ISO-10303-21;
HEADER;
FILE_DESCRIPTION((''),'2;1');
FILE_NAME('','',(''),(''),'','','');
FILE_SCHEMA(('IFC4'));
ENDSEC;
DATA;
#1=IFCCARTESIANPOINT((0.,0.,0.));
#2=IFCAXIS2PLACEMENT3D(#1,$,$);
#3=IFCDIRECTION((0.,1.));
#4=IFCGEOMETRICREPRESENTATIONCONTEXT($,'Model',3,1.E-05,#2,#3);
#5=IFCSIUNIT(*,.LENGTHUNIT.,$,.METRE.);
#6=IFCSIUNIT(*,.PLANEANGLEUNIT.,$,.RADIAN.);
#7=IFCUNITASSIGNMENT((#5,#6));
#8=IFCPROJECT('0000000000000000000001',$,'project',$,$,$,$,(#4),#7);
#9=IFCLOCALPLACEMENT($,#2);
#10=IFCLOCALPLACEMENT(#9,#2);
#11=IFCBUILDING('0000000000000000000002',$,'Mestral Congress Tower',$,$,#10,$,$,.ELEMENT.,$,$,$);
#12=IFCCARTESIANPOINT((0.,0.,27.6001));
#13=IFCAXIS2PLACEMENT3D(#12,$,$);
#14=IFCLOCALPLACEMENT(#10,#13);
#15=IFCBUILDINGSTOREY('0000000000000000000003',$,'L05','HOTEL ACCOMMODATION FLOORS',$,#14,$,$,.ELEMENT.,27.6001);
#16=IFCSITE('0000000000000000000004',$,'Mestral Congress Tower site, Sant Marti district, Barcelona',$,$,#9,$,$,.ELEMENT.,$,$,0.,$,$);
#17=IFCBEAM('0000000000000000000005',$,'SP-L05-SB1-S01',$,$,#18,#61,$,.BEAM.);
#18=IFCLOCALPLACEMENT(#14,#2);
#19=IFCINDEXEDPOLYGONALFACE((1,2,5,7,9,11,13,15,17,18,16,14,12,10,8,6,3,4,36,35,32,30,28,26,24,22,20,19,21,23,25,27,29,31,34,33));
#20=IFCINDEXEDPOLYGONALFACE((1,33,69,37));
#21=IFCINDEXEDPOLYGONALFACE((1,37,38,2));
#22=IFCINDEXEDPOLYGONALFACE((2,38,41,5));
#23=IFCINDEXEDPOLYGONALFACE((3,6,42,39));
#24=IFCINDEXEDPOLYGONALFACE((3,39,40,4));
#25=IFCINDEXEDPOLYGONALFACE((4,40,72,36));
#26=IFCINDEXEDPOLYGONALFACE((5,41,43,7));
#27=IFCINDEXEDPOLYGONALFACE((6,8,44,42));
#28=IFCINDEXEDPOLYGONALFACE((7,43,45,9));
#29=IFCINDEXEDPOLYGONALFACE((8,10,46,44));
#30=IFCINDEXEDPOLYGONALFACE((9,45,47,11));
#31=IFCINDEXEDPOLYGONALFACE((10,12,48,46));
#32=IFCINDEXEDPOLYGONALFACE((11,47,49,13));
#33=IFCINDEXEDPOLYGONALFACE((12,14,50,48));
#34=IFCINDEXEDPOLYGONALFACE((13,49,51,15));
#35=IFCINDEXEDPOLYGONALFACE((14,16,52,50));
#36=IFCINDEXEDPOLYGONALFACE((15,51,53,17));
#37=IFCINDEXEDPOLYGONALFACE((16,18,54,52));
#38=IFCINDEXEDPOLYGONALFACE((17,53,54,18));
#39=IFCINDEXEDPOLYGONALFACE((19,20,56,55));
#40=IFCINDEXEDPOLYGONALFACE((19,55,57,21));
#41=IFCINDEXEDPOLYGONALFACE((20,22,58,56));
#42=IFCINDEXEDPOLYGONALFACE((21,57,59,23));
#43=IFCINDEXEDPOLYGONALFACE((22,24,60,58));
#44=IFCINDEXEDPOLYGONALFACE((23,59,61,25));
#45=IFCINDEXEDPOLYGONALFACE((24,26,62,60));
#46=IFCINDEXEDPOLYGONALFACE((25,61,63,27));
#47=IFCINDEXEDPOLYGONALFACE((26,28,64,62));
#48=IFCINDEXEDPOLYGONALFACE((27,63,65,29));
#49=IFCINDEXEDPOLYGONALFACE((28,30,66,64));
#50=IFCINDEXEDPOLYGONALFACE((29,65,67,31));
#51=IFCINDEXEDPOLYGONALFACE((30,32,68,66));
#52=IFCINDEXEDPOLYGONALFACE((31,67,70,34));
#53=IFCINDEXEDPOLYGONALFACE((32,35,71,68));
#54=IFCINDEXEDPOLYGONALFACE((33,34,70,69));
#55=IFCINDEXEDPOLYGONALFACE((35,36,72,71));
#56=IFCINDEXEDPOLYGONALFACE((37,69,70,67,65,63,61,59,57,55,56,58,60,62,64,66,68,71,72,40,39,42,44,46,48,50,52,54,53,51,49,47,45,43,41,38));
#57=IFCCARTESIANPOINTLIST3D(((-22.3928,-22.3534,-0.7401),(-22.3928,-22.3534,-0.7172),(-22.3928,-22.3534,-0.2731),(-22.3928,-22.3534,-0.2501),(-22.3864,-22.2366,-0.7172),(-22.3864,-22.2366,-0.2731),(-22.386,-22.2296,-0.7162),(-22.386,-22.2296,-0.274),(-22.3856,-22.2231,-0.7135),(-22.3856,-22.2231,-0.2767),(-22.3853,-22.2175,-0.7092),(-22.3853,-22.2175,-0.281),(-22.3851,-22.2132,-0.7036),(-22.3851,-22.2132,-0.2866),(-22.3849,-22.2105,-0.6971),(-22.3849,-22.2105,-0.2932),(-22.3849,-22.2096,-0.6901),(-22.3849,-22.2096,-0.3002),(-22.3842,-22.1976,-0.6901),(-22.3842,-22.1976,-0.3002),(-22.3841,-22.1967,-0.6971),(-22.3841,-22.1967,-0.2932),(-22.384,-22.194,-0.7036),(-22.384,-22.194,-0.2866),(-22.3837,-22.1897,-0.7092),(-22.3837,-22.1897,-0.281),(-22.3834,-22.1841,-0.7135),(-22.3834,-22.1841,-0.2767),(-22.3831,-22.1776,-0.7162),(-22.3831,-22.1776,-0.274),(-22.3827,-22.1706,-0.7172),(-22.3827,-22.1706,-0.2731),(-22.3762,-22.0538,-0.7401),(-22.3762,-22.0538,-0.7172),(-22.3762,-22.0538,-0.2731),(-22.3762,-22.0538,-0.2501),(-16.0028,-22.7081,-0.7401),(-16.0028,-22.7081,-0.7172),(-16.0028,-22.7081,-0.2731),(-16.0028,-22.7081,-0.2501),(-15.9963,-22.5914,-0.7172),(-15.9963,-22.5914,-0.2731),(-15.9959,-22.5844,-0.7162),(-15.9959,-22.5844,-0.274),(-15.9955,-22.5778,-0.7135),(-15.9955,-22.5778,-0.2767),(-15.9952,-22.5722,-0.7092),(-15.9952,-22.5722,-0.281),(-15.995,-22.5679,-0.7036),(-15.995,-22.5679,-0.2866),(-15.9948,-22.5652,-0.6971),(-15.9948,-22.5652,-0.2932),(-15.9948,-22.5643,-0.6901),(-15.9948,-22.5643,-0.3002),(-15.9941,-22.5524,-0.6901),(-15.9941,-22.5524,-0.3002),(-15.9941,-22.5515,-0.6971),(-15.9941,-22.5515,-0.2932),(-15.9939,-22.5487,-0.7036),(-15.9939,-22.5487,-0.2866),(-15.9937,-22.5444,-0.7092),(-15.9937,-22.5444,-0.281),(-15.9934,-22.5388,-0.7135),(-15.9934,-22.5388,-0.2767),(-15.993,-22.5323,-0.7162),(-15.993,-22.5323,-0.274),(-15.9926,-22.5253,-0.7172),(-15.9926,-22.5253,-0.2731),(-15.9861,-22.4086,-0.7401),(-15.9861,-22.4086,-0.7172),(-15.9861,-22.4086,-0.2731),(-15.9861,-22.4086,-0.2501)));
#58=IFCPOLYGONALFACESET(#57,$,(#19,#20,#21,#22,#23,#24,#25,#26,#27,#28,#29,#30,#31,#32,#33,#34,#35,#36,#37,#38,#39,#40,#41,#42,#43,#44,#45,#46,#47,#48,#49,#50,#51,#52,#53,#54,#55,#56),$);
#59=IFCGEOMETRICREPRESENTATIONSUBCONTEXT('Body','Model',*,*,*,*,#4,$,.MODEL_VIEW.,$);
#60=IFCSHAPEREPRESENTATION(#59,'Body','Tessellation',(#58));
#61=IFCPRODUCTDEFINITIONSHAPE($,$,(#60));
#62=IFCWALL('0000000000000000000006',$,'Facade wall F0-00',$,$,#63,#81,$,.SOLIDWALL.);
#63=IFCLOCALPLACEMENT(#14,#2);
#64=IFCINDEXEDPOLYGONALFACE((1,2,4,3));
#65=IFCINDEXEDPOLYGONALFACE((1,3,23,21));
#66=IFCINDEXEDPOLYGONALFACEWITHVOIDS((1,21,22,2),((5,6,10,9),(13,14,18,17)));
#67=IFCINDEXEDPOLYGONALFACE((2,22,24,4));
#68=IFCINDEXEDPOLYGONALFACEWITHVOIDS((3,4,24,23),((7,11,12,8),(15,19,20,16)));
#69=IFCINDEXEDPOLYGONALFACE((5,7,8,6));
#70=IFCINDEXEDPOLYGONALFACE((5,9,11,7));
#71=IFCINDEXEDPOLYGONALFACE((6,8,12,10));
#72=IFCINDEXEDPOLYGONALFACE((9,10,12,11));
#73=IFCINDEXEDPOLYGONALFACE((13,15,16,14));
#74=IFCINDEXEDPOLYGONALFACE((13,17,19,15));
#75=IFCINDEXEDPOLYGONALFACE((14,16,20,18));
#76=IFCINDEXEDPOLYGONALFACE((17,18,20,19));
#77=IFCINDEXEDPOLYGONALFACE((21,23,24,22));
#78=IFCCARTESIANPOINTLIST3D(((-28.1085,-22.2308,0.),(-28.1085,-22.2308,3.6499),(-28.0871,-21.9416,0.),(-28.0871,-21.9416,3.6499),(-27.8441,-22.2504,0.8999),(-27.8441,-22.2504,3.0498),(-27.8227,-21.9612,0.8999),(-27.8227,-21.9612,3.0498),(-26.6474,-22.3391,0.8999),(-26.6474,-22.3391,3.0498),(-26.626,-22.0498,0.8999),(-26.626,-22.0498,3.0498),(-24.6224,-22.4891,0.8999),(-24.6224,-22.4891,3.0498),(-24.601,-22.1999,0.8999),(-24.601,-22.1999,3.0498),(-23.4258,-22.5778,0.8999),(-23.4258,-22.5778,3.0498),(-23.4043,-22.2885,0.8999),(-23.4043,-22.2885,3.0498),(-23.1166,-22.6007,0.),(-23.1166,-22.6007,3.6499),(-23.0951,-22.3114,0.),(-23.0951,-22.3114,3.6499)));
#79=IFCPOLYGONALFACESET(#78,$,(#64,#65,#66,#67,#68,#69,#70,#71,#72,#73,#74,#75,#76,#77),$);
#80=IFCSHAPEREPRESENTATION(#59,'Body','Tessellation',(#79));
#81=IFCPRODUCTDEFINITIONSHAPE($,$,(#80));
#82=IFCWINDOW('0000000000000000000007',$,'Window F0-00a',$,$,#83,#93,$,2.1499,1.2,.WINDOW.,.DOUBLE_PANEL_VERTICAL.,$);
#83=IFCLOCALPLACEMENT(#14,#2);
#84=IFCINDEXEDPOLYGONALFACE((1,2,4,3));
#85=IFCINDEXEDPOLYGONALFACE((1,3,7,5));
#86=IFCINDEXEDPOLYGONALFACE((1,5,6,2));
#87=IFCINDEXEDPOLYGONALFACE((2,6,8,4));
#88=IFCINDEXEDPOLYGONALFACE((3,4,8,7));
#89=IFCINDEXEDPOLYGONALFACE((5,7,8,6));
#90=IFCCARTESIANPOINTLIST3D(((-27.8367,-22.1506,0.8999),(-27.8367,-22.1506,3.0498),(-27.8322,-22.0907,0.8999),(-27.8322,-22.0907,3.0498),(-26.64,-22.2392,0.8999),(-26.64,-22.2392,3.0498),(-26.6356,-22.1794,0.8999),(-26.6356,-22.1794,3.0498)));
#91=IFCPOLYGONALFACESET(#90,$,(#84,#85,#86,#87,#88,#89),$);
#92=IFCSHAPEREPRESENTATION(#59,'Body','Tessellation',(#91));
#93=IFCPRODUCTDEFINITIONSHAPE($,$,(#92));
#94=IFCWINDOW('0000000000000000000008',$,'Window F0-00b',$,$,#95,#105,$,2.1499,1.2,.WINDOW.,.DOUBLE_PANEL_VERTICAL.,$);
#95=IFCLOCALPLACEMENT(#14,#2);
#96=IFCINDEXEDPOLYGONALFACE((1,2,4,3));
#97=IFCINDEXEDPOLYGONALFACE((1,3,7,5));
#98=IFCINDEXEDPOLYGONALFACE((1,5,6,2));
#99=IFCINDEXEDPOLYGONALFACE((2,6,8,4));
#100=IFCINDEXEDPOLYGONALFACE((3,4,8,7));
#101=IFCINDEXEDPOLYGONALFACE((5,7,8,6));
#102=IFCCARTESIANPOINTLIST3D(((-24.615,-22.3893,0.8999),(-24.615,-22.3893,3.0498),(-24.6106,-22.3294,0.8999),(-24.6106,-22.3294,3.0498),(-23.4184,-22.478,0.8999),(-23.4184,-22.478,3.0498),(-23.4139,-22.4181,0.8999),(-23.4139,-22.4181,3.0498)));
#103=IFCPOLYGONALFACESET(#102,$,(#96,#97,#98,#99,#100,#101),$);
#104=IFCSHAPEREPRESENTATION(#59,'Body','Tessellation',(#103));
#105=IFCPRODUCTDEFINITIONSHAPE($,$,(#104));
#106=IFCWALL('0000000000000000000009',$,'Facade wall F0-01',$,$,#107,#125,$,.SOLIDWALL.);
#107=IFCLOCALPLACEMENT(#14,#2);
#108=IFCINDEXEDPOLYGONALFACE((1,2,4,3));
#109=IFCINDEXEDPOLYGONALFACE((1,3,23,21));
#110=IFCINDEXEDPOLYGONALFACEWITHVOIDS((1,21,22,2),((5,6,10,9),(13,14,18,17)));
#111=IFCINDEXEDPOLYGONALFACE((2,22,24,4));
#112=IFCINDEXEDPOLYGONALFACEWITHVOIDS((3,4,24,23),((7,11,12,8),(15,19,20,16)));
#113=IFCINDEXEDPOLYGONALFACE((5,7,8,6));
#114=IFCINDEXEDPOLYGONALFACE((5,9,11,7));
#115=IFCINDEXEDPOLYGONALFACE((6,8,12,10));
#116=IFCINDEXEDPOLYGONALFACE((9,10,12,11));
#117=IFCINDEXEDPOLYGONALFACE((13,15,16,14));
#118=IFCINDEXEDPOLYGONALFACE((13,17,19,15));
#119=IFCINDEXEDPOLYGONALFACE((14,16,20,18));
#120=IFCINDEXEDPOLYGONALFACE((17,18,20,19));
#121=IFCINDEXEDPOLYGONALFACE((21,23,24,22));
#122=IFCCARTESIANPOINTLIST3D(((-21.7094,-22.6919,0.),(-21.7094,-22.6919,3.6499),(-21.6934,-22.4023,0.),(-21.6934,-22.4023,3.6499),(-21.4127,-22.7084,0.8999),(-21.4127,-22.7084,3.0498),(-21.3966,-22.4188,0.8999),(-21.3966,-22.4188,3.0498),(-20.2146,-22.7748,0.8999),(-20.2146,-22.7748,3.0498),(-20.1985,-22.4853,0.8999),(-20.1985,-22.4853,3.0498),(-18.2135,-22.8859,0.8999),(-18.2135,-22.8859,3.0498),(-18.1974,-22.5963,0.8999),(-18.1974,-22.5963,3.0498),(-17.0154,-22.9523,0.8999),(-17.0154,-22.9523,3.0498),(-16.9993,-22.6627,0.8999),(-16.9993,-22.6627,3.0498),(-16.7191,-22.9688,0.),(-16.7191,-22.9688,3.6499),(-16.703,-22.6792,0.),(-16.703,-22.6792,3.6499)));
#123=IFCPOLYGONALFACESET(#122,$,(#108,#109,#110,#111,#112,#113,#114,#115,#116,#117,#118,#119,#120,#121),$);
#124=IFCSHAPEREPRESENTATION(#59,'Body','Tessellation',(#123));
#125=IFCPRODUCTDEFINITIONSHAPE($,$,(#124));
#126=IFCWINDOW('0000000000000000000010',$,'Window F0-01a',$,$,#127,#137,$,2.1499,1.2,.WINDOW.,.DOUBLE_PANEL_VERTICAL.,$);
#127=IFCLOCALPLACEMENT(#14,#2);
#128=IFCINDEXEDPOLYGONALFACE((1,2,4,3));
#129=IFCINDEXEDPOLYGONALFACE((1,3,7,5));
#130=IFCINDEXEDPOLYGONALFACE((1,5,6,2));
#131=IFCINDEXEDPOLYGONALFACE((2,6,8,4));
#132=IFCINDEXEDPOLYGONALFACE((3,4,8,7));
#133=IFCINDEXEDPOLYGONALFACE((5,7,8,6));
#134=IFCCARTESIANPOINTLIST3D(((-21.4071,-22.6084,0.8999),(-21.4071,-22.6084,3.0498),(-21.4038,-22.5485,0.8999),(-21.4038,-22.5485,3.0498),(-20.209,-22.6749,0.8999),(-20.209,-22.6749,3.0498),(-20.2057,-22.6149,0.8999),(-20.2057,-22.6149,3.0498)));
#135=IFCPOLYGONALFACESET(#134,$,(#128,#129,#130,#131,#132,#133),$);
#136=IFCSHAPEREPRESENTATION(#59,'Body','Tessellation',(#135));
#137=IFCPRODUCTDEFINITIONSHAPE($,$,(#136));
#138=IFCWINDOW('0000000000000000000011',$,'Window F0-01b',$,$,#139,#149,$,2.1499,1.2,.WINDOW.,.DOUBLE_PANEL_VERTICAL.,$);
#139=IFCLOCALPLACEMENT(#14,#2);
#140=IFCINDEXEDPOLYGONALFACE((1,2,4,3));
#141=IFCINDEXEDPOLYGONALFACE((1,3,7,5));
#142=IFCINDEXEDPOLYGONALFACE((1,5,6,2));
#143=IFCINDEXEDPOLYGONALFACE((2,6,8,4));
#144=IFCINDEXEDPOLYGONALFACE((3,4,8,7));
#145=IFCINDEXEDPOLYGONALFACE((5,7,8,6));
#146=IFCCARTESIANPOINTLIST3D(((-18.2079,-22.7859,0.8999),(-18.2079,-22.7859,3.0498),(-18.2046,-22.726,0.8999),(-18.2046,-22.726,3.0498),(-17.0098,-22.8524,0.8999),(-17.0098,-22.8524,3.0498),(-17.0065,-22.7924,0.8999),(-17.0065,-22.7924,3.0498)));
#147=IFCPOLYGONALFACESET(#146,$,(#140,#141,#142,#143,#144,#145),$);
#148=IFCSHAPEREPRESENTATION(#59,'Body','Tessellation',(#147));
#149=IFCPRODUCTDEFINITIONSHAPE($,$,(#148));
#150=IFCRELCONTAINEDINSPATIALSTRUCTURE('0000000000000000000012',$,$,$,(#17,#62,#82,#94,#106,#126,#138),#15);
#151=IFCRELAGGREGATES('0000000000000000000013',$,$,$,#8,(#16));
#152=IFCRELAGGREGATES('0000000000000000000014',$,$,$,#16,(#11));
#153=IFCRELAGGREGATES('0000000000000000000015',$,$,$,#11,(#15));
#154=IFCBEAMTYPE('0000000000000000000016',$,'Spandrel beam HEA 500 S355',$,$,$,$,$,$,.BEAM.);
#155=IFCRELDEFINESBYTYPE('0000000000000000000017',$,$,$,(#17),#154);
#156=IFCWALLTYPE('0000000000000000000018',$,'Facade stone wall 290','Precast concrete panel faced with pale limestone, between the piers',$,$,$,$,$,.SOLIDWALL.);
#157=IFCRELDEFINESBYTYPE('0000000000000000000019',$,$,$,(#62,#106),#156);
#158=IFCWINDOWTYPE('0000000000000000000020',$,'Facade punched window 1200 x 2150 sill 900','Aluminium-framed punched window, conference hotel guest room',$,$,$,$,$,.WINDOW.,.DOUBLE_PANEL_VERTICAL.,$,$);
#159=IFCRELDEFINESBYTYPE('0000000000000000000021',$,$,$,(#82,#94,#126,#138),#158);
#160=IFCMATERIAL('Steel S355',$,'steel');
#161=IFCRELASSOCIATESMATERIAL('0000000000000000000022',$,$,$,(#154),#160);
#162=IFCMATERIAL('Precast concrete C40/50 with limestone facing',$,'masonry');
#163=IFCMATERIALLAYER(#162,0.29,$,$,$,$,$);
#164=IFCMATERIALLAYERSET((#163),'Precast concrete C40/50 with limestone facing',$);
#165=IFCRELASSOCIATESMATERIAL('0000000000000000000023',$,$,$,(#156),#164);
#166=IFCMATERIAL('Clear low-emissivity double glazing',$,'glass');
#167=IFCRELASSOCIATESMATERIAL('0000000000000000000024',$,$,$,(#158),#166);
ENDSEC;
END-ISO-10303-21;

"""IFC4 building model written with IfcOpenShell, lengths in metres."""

from ifc_helpers import new_model, si_unit, direction, frame, frame_2d, origin, origin_2d, place, context, subcontext, project, spatial, rectangle, i_section, extrude, material, layer, layer_set, material_profile, profile_set, type_object, element, fill, save


model = new_model("IFC4")

# Units and contexts
model_context = context("Model", 3, precision=1e-05, world=origin(), true_north=direction((0.0, 1.0)))
body_context = subcontext(model_context, "Body", "Model", "MODEL_VIEW")
ifc_project = project(units=[si_unit("LENGTHUNIT", "METRE"), si_unit("PLANEANGLEUNIT", "RADIAN")], contexts=[model_context])

# Site, building, storey
site_placement = place(None, origin())
site = spatial("IfcSite", under=ifc_project, at=site_placement, Name="Mestral Congress Tower site, Sant Marti district, Barcelona", CompositionType="ELEMENT", RefElevation=0.0)
building_placement = place(site_placement, origin())
building = spatial("IfcBuilding", under=site, at=building_placement, Name="Mestral Congress Tower", CompositionType="ELEMENT")
storey_placement = place(building_placement, frame((0.0, 0.0, 27.6001)))
storey = spatial("IfcBuildingStorey", under=building, at=storey_placement, Name="L05", Description="HOTEL ACCOMMODATION FLOORS", CompositionType="ELEMENT", Elevation=27.6001)

# Beam
ifc_material_1 = material(Name="Steel S355", Category="steel")
ifc_material_profile_1 = material_profile(ifc_material_1, i_section(OverallWidth=0.3, OverallDepth=0.49, WebThickness=0.012, FlangeThickness=0.0229, FilletRadius=0.0271, at=origin_2d()), Name="HEA 500")
ifc_profile_set_1 = profile_set([ifc_material_profile_1], Name="Steel S355")
beam_type_1 = type_object("IfcBeamType", Name="Spandrel beam HEA 500 S355", PredefinedType="BEAM", material=ifc_profile_set_1)
for number, where, z_axis, x_axis, name in (
    (1, (-22.3845, -22.2036, -0.4951), (0.998463, -0.055428, 0.0), (0.055428, 0.998463, 0.0), "SP-L05-SB1-S01"),
):
    element("IfcBeam", number, at=place(storey_placement, frame(where, z_axis=z_axis, x_axis=x_axis)), inside=storey, type_object=beam_type_1, Name=name, PredefinedType="BEAM", context=body_context, shape_type="SweptSolid", body=[
        extrude(i_section(OverallWidth=0.3, OverallDepth=0.49, WebThickness=0.012, FlangeThickness=0.0229, FilletRadius=0.0271, at=origin_2d()), origin(), (0.0, 0.0, 1.0), 6.3999),
    ])

# Walls, openings, windows
ifc_material_2 = material(Name="Precast concrete C40/50 with limestone facing", Category="masonry")
ifc_layer_1 = layer(ifc_material_2, 0.29)
ifc_layer_set_1 = layer_set([ifc_layer_1], Name="Precast concrete C40/50 with limestone facing")
wall_type_1 = type_object("IfcWallType", Name="Facade stone wall 290", Description="Precast concrete panel faced with pale limestone, between the piers", PredefinedType="SOLIDWALL", material=ifc_layer_set_1)
wall_1_placement = place(storey_placement, frame((-28.0979, -22.0862, 0.0), z_axis=(0.0, 0.0, 1.0), x_axis=(0.997266, -0.073891, 0.0)))
wall_1 = element("IfcWall", 2, at=wall_1_placement, inside=storey, type_object=wall_type_1, Name="Facade wall F0-00", PredefinedType="SOLIDWALL", context=body_context, shape_type="SweptSolid", body=[
    extrude(rectangle(XDim=5.0056, YDim=0.29, at=frame_2d((2.5029, 0.0))), origin(), (0.0, 0.0, 1.0), 3.6499),
])
opening_1_placement = place(wall_1_placement, frame((0.2651, 0.0, 0.8999)))
opening_1 = element("IfcOpeningElement", 3, at=opening_1_placement, cuts=wall_1, PredefinedType="OPENING", context=body_context, shape_type="SweptSolid", body=[
    extrude(rectangle(XDim=1.2, YDim=2.1499, at=frame_2d((0.6001, 1.075))), frame((0.0, 0.155, 0.0), z_axis=(0.0, -1.0, 0.0), x_axis=(1.0, 0.0, 0.0)), (0.0, 0.0, 1.0), 0.3101),
])
opening_2_placement = place(wall_1_placement, frame((3.4956, 0.0, 0.8999)))
opening_2 = element("IfcOpeningElement", 4, at=opening_2_placement, cuts=wall_1, PredefinedType="OPENING", context=body_context, shape_type="SweptSolid", body=[
    extrude(rectangle(XDim=1.2, YDim=2.1499, at=frame_2d((0.6001, 1.075))), frame((0.0, 0.155, 0.0), z_axis=(0.0, -1.0, 0.0), x_axis=(1.0, 0.0, 0.0)), (0.0, 0.0, 1.0), 0.3101),
])
ifc_material_3 = material(Name="Clear low-emissivity double glazing", Category="glass")
window_type = type_object("IfcWindowType", Name="Facade punched window 1200 x 2150 sill 900", Description="Aluminium-framed punched window, conference hotel guest room", PartitioningType="DOUBLE_PANEL_VERTICAL", PredefinedType="WINDOW", material=ifc_material_3)
window_1_placement = place(opening_1_placement, origin())
window_1 = element("IfcWindow", 5, at=window_1_placement, inside=storey, type_object=window_type, Name="Window F0-00a", OverallHeight=2.1499, OverallWidth=1.2, PartitioningType="DOUBLE_PANEL_VERTICAL", PredefinedType="WINDOW", context=body_context, shape_type="SweptSolid", body=[
    extrude(rectangle(XDim=1.2, YDim=2.1499, at=frame_2d((0.6001, 1.075))), frame((0.0, 0.0151, 0.0), z_axis=(0.0, -1.0, 0.0), x_axis=(1.0, 0.0, 0.0)), (0.0, 0.0, 1.0), 0.0601),
])
fill(opening_1, window_1)
window_2_placement = place(opening_2_placement, origin())
window_2 = element("IfcWindow", 6, at=window_2_placement, inside=storey, type_object=window_type, Name="Window F0-00b", OverallHeight=2.1499, OverallWidth=1.2, PartitioningType="DOUBLE_PANEL_VERTICAL", PredefinedType="WINDOW", context=body_context, shape_type="SweptSolid", body=[
    extrude(rectangle(XDim=1.2, YDim=2.1499, at=frame_2d((0.6001, 1.075))), frame((0.0, 0.0151, 0.0), z_axis=(0.0, -1.0, 0.0), x_axis=(1.0, 0.0, 0.0)), (0.0, 0.0, 1.0), 0.0601),
])
fill(opening_2, window_2)
wall_2_placement = place(storey_placement, frame((-21.7014, -22.5471, 0.0), z_axis=(0.0, 0.0, 1.0), x_axis=(0.998465, -0.055392, 0.0)))
wall_2 = element("IfcWall", 7, at=wall_2_placement, inside=storey, type_object=wall_type_1, Name="Facade wall F0-01", PredefinedType="SOLIDWALL", context=body_context, shape_type="SweptSolid", body=[
    extrude(rectangle(XDim=4.998, YDim=0.29, at=frame_2d((2.499, 0.0))), origin(), (0.0, 0.0, 1.0), 3.6499),
])
opening_3_placement = place(wall_2_placement, frame((0.2971, 0.0, 0.8999)))
opening_3 = element("IfcOpeningElement", 8, at=opening_3_placement, cuts=wall_2, PredefinedType="OPENING", context=body_context, shape_type="SweptSolid", body=[
    extrude(rectangle(XDim=1.2, YDim=2.1499, at=frame_2d((0.6001, 1.075))), frame((0.0, 0.155, 0.0), z_axis=(0.0, -1.0, 0.0), x_axis=(1.0, 0.0, 0.0)), (0.0, 0.0, 1.0), 0.3101),
])
opening_4_placement = place(wall_2_placement, frame((3.5012, 0.0, 0.8999)))
opening_4 = element("IfcOpeningElement", 9, at=opening_4_placement, cuts=wall_2, PredefinedType="OPENING", context=body_context, shape_type="SweptSolid", body=[
    extrude(rectangle(XDim=1.2, YDim=2.1499, at=frame_2d((0.6001, 1.075))), frame((0.0, 0.155, 0.0), z_axis=(0.0, -1.0, 0.0), x_axis=(1.0, 0.0, 0.0)), (0.0, 0.0, 1.0), 0.3101),
])
window_3_placement = place(opening_3_placement, origin())
window_3 = element("IfcWindow", 10, at=window_3_placement, inside=storey, type_object=window_type, Name="Window F0-01a", OverallHeight=2.1499, OverallWidth=1.2, PartitioningType="DOUBLE_PANEL_VERTICAL", PredefinedType="WINDOW", context=body_context, shape_type="SweptSolid", body=[
    extrude(rectangle(XDim=1.2, YDim=2.1499, at=frame_2d((0.6001, 1.075))), frame((0.0, 0.0151, 0.0), z_axis=(0.0, -1.0, 0.0), x_axis=(1.0, 0.0, 0.0)), (0.0, 0.0, 1.0), 0.0601),
])
fill(opening_3, window_3)
window_4_placement = place(opening_4_placement, origin())
window_4 = element("IfcWindow", 11, at=window_4_placement, inside=storey, type_object=window_type, Name="Window F0-01b", OverallHeight=2.1499, OverallWidth=1.2, PartitioningType="DOUBLE_PANEL_VERTICAL", PredefinedType="WINDOW", context=body_context, shape_type="SweptSolid", body=[
    extrude(rectangle(XDim=1.2, YDim=2.1499, at=frame_2d((0.6001, 1.075))), frame((0.0, 0.0151, 0.0), z_axis=(0.0, -1.0, 0.0), x_axis=(1.0, 0.0, 0.0)), (0.0, 0.0, 1.0), 0.0601),
])
fill(opening_4, window_4)

save(model, "model.ifc")
